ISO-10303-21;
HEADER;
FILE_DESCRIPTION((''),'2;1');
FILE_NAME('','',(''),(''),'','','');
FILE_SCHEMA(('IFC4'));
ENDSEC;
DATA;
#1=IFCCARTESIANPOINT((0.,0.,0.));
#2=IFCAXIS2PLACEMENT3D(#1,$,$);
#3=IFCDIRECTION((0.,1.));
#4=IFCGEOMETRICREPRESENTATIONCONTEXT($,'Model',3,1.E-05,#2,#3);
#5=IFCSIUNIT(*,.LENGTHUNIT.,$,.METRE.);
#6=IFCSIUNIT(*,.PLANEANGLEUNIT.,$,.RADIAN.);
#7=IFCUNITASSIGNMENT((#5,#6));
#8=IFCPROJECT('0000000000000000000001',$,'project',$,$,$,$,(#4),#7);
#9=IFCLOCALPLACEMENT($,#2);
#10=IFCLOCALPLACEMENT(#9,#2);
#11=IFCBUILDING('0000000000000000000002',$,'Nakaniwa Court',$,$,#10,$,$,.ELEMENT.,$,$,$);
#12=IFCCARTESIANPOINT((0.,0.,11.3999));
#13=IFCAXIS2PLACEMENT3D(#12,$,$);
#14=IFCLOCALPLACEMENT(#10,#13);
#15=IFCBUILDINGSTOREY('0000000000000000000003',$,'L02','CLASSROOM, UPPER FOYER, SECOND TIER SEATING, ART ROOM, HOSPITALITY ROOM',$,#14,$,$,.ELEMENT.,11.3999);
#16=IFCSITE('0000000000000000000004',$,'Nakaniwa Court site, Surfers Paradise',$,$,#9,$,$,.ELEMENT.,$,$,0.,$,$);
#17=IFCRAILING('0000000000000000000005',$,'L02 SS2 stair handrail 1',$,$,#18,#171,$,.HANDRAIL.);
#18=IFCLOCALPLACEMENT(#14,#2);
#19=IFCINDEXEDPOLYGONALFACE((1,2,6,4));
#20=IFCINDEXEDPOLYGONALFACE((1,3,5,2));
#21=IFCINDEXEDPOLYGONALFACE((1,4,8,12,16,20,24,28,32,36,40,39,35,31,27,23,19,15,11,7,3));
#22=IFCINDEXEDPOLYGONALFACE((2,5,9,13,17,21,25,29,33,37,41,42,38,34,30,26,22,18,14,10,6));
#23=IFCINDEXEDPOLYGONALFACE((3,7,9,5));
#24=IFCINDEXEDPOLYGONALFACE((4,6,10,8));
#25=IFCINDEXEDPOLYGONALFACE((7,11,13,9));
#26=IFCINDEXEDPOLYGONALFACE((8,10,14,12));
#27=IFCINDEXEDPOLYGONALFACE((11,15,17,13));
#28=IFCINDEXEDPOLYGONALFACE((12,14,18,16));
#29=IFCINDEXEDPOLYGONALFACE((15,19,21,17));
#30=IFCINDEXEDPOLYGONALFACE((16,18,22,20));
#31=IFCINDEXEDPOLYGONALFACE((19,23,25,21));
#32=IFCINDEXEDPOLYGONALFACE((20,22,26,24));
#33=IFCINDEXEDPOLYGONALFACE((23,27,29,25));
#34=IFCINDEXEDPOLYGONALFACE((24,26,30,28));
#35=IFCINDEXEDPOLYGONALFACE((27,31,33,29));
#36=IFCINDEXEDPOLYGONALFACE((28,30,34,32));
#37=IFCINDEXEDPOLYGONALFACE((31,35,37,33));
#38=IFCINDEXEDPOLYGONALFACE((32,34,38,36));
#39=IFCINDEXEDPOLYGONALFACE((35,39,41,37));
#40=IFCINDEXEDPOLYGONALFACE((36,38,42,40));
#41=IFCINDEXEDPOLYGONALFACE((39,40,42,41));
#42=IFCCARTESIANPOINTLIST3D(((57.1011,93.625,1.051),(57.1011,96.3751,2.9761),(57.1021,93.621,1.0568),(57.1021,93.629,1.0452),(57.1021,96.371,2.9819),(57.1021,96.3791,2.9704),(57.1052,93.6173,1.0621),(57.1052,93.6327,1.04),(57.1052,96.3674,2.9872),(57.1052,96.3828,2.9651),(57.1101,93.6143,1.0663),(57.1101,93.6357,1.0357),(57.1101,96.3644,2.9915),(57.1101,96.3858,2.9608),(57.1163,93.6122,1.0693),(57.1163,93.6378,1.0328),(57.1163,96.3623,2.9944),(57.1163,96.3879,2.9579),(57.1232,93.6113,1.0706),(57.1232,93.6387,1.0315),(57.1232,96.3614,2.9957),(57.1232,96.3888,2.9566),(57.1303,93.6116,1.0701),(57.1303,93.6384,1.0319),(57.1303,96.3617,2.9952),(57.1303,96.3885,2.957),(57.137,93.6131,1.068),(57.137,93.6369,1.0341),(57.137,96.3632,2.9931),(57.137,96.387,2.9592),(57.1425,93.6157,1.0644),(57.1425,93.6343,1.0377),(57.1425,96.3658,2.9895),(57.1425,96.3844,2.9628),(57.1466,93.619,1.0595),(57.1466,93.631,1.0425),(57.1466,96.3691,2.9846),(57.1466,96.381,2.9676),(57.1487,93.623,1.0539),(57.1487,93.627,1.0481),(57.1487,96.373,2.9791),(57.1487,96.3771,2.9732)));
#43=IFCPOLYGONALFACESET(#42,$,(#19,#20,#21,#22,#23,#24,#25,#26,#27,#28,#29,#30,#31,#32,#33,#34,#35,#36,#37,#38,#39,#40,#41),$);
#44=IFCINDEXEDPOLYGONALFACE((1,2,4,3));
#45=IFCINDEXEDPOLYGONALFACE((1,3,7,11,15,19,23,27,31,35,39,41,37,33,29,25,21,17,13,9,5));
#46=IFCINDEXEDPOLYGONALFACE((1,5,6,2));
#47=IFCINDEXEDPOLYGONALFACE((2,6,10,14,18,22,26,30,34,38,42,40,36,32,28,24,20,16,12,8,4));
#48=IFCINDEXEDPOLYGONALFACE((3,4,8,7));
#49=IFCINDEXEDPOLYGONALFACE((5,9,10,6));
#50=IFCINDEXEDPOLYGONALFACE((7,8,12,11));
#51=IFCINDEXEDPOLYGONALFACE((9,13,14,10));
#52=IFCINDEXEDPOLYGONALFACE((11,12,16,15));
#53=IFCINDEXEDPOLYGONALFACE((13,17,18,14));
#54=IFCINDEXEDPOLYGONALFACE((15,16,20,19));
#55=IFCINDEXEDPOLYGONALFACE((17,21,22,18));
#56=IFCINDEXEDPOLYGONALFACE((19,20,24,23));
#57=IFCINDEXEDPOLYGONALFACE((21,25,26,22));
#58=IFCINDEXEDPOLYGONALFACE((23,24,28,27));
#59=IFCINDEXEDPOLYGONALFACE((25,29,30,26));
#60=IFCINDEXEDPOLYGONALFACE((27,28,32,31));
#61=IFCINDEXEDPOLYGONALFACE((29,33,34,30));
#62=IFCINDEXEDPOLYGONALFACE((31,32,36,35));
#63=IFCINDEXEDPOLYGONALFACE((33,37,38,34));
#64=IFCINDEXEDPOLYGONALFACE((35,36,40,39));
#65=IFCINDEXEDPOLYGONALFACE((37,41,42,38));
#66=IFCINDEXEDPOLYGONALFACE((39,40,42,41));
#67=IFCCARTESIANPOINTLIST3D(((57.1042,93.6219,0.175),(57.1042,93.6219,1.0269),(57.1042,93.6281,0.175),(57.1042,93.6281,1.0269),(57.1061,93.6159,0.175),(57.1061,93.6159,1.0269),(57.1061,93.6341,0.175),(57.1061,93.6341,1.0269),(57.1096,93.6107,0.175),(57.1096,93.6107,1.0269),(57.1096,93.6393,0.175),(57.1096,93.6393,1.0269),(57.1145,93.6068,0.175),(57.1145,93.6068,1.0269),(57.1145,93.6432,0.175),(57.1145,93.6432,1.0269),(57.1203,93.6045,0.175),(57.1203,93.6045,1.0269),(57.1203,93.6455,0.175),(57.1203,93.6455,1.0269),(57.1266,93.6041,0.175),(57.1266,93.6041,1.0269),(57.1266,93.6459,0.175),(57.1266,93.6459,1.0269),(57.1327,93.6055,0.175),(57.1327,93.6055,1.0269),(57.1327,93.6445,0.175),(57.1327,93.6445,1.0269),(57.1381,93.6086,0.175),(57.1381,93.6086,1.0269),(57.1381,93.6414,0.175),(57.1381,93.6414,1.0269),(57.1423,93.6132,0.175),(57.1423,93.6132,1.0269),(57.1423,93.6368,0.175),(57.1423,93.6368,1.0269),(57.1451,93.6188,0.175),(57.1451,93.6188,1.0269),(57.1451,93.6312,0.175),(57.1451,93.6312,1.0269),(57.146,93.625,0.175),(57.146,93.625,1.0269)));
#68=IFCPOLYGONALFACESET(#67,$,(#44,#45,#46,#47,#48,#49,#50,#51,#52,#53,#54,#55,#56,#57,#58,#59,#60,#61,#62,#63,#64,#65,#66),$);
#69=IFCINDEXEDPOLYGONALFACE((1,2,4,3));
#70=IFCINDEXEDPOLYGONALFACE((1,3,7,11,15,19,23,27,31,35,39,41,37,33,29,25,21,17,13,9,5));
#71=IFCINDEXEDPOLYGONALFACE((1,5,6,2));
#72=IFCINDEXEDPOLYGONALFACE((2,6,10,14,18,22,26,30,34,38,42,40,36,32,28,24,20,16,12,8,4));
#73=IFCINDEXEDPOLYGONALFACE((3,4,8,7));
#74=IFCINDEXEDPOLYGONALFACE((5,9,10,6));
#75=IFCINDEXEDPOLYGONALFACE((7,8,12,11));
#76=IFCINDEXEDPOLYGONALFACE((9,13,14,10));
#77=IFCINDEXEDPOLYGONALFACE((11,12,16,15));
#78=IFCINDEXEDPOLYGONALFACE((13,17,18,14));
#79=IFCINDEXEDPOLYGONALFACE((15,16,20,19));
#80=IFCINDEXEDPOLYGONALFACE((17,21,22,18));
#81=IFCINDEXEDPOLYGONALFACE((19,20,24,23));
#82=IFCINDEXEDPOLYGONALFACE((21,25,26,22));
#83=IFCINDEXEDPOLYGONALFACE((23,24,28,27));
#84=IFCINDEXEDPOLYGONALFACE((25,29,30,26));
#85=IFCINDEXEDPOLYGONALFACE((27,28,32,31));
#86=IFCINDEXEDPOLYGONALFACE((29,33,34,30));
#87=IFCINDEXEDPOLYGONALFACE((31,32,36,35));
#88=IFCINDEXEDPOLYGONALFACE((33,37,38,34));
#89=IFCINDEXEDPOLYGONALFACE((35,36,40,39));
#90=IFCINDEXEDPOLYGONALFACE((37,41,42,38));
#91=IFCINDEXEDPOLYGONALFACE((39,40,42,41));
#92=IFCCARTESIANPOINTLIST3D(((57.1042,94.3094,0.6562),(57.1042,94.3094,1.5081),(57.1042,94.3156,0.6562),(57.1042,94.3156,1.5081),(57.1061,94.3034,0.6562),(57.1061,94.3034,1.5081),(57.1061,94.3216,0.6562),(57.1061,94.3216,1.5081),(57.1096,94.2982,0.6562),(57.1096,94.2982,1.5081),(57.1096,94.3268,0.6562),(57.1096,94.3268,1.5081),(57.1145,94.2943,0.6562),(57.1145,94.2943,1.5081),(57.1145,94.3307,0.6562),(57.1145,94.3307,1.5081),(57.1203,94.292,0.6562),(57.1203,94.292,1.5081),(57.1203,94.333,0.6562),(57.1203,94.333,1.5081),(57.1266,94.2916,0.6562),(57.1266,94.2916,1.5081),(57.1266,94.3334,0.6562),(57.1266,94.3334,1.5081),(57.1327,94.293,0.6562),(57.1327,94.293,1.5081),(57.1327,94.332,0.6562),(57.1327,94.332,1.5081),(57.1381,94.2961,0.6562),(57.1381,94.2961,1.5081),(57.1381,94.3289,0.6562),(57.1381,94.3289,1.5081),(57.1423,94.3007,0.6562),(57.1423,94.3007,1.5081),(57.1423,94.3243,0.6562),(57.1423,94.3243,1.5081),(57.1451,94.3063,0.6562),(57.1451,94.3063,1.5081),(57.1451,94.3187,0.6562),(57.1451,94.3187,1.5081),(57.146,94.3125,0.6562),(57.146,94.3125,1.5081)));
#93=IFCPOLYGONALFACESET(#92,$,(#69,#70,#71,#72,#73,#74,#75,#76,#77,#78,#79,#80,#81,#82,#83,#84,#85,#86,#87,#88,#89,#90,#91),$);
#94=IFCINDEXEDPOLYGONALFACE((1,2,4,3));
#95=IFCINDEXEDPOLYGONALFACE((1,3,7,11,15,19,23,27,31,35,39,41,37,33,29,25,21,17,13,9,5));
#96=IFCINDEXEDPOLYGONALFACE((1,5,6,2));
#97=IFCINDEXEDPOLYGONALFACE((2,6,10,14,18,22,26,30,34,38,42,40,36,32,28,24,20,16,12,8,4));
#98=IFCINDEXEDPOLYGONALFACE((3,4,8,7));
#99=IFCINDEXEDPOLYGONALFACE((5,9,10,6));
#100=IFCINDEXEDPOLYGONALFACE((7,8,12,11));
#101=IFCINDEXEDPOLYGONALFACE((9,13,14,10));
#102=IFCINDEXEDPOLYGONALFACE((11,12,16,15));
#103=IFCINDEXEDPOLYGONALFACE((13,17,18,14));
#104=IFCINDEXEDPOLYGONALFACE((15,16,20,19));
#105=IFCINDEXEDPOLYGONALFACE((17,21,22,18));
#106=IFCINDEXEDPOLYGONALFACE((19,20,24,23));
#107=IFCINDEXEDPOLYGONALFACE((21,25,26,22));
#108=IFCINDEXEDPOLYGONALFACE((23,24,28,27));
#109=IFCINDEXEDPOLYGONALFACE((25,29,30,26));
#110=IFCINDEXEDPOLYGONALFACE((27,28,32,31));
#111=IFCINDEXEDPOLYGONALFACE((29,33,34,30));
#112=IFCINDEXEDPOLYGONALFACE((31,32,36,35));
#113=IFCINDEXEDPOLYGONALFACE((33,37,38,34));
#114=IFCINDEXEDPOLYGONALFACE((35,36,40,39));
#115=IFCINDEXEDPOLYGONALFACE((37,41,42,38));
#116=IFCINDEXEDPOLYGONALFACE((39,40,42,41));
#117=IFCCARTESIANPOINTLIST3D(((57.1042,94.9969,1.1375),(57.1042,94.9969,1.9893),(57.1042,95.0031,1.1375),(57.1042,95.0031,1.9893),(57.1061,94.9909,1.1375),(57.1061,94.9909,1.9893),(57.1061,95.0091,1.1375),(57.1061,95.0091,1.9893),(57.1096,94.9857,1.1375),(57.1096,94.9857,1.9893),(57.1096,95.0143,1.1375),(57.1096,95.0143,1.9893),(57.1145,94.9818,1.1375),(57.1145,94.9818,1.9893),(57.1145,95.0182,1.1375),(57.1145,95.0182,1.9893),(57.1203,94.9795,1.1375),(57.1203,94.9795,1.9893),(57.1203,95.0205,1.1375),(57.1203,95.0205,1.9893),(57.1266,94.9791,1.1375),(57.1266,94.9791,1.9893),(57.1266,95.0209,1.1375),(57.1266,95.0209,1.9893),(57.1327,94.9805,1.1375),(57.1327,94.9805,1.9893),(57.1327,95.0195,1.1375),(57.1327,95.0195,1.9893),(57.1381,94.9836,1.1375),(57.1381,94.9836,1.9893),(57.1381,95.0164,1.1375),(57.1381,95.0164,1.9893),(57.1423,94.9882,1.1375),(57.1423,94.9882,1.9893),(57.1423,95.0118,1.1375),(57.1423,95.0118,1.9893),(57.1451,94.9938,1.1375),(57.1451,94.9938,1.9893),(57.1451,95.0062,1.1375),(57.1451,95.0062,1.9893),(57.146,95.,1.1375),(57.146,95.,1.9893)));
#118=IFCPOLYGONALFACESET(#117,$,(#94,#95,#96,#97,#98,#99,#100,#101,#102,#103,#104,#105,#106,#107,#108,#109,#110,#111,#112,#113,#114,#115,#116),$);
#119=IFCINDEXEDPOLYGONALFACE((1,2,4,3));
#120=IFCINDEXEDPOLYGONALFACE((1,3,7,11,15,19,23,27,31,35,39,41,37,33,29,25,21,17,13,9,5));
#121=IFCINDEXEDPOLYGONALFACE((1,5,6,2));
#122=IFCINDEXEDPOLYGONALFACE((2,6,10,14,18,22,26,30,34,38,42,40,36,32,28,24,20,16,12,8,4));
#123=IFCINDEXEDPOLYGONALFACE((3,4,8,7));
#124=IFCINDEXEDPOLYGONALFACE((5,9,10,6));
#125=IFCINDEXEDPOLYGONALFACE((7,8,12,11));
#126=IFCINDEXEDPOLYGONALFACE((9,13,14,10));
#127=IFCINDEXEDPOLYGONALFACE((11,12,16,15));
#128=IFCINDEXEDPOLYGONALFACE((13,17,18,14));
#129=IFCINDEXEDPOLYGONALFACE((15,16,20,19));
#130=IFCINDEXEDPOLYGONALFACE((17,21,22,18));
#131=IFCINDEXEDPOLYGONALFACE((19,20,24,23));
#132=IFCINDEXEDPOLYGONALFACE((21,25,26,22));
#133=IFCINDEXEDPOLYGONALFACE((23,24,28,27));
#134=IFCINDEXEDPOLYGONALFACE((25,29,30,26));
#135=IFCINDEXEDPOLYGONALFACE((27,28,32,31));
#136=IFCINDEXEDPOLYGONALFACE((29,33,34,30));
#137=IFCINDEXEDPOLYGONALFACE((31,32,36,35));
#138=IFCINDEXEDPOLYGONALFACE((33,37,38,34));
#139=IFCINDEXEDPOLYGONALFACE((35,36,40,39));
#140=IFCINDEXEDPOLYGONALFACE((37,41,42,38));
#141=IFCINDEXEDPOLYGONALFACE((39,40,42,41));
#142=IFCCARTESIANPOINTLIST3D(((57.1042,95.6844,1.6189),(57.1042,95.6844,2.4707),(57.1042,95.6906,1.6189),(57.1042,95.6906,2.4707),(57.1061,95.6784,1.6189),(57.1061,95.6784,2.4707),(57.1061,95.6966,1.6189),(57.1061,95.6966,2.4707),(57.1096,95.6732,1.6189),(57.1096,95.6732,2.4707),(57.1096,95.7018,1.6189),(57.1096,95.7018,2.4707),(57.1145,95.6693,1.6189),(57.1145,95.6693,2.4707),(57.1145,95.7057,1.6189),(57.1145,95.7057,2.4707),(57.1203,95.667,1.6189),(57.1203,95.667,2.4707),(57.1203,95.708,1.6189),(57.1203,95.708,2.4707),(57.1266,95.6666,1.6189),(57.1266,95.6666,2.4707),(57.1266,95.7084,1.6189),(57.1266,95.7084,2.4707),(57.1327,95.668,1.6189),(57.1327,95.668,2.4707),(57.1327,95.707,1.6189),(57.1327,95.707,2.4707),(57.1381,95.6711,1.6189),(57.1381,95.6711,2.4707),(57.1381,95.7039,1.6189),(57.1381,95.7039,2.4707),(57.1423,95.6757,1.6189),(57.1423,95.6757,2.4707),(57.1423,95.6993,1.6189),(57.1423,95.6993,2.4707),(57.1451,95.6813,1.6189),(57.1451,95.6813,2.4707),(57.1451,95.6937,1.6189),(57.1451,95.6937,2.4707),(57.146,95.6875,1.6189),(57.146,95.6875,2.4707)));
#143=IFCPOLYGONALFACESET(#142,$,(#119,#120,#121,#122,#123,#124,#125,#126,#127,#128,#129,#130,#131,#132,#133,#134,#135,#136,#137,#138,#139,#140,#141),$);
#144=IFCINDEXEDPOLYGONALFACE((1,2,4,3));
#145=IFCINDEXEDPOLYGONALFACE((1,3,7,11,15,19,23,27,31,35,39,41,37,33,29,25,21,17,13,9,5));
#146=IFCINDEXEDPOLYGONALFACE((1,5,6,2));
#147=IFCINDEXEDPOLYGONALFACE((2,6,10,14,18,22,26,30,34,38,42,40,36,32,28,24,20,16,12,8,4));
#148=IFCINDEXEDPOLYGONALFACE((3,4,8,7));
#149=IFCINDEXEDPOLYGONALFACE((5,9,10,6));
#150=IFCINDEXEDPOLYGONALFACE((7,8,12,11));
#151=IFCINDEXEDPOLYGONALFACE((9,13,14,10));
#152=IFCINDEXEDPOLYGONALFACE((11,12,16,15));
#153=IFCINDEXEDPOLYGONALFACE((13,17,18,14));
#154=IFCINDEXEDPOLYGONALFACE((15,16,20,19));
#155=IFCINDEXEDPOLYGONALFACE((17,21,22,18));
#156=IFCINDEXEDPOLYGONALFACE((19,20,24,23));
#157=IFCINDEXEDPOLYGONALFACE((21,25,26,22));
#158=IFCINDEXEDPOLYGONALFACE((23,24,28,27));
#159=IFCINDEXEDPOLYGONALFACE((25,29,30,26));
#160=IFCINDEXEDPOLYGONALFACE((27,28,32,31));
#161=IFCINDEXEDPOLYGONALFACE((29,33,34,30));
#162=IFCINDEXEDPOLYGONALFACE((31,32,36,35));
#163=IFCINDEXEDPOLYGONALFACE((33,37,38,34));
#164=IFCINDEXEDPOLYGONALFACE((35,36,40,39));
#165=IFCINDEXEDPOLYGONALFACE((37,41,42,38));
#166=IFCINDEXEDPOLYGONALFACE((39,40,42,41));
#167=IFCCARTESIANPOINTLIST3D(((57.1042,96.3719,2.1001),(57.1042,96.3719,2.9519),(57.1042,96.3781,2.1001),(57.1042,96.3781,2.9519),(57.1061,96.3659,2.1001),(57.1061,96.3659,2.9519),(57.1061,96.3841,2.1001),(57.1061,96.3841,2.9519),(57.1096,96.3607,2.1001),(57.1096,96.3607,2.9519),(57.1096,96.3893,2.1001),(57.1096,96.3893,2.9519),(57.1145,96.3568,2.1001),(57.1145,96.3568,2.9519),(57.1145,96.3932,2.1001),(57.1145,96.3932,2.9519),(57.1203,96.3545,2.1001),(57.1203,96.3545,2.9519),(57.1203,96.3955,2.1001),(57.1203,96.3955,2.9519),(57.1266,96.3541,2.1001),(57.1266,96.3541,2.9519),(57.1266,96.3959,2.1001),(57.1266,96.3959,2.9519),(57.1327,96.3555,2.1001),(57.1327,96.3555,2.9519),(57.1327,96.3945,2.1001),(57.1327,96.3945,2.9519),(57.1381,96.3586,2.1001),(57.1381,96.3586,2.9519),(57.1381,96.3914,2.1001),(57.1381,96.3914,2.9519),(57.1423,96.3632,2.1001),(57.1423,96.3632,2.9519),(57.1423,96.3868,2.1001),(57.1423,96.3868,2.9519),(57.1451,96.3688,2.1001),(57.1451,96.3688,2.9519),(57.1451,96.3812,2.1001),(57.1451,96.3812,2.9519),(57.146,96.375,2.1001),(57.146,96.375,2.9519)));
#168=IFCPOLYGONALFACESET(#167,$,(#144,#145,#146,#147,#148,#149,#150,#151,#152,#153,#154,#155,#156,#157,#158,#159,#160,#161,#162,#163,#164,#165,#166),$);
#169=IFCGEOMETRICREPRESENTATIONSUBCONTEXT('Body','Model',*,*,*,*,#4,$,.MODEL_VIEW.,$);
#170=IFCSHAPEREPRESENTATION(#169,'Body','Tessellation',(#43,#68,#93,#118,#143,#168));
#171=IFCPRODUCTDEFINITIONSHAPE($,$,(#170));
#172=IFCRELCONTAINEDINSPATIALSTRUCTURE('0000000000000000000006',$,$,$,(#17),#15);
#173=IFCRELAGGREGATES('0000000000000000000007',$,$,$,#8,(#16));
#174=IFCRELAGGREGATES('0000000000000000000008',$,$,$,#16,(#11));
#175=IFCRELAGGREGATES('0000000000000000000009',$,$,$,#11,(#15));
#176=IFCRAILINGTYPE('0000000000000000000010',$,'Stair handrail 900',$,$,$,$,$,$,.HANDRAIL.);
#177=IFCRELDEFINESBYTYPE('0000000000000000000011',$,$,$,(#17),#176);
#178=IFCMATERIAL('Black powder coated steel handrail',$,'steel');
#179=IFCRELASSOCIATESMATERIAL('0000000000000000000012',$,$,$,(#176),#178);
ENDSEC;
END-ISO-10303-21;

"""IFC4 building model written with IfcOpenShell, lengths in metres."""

from ifc_helpers import new_model, si_unit, direction, frame, origin, origin_2d, place, context, subcontext, project, spatial, circle, extrude, material, type_object, element, save


model = new_model("IFC4")

# Units and contexts
model_context = context("Model", 3, precision=1e-05, world=origin(), true_north=direction((0.0, 1.0)))
body_context = subcontext(model_context, "Body", "Model", "MODEL_VIEW")
ifc_project = project(units=[si_unit("LENGTHUNIT", "METRE"), si_unit("PLANEANGLEUNIT", "RADIAN")], contexts=[model_context])

# Site, building, storey
site_placement = place(None, origin())
site = spatial("IfcSite", under=ifc_project, at=site_placement, Name="Nakaniwa Court site, Surfers Paradise", CompositionType="ELEMENT", RefElevation=0.0)
building_placement = place(site_placement, origin())
building = spatial("IfcBuilding", under=site, at=building_placement, Name="Nakaniwa Court", CompositionType="ELEMENT")
storey_placement = place(building_placement, frame((0.0, 0.0, 11.3999)))
storey = spatial("IfcBuildingStorey", under=building, at=storey_placement, Name="L02", Description="CLASSROOM, UPPER FOYER, SECOND TIER SEATING, ART ROOM, HOSPITALITY ROOM", CompositionType="ELEMENT", Elevation=11.3999)

# Railing
ifc_material_1 = material(Name="Black powder coated steel handrail", Category="steel")
railing_type_1 = type_object("IfcRailingType", Name="Stair handrail 900", PredefinedType="HANDRAIL", material=ifc_material_1)
railing_1_placement = place(storey_placement, frame((57.125, 93.625, 0.175)))
element("IfcRailing", 1, at=railing_1_placement, inside=storey, type_object=railing_type_1, Name="L02 SS2 stair handrail 1", PredefinedType="HANDRAIL", context=body_context, shape_type="SweptSolid", body=[
    extrude(circle(Radius=0.0239, at=origin_2d()), frame((0.0, 0.0, 0.876), z_axis=(0.0, 0.819225, 0.573472), x_axis=(-1.0, 0.0, 0.0)), (0.0, 0.0, 1.0), 3.3569),
    extrude(circle(Radius=0.021, at=origin_2d()), origin(), (0.0, 0.0, 1.0), 0.8518),
    extrude(circle(Radius=0.021, at=origin_2d()), frame((0.0, 0.6875, 0.4812)), (0.0, 0.0, 1.0), 0.8518),
    extrude(circle(Radius=0.021, at=origin_2d()), frame((0.0, 1.375, 0.9624)), (0.0, 0.0, 1.0), 0.8518),
    extrude(circle(Radius=0.021, at=origin_2d()), frame((0.0, 2.0625, 1.4438)), (0.0, 0.0, 1.0), 0.8518),
    extrude(circle(Radius=0.021, at=origin_2d()), frame((0.0, 2.75, 1.925)), (0.0, 0.0, 1.0), 0.8518),
])

save(model, "model.ifc")
